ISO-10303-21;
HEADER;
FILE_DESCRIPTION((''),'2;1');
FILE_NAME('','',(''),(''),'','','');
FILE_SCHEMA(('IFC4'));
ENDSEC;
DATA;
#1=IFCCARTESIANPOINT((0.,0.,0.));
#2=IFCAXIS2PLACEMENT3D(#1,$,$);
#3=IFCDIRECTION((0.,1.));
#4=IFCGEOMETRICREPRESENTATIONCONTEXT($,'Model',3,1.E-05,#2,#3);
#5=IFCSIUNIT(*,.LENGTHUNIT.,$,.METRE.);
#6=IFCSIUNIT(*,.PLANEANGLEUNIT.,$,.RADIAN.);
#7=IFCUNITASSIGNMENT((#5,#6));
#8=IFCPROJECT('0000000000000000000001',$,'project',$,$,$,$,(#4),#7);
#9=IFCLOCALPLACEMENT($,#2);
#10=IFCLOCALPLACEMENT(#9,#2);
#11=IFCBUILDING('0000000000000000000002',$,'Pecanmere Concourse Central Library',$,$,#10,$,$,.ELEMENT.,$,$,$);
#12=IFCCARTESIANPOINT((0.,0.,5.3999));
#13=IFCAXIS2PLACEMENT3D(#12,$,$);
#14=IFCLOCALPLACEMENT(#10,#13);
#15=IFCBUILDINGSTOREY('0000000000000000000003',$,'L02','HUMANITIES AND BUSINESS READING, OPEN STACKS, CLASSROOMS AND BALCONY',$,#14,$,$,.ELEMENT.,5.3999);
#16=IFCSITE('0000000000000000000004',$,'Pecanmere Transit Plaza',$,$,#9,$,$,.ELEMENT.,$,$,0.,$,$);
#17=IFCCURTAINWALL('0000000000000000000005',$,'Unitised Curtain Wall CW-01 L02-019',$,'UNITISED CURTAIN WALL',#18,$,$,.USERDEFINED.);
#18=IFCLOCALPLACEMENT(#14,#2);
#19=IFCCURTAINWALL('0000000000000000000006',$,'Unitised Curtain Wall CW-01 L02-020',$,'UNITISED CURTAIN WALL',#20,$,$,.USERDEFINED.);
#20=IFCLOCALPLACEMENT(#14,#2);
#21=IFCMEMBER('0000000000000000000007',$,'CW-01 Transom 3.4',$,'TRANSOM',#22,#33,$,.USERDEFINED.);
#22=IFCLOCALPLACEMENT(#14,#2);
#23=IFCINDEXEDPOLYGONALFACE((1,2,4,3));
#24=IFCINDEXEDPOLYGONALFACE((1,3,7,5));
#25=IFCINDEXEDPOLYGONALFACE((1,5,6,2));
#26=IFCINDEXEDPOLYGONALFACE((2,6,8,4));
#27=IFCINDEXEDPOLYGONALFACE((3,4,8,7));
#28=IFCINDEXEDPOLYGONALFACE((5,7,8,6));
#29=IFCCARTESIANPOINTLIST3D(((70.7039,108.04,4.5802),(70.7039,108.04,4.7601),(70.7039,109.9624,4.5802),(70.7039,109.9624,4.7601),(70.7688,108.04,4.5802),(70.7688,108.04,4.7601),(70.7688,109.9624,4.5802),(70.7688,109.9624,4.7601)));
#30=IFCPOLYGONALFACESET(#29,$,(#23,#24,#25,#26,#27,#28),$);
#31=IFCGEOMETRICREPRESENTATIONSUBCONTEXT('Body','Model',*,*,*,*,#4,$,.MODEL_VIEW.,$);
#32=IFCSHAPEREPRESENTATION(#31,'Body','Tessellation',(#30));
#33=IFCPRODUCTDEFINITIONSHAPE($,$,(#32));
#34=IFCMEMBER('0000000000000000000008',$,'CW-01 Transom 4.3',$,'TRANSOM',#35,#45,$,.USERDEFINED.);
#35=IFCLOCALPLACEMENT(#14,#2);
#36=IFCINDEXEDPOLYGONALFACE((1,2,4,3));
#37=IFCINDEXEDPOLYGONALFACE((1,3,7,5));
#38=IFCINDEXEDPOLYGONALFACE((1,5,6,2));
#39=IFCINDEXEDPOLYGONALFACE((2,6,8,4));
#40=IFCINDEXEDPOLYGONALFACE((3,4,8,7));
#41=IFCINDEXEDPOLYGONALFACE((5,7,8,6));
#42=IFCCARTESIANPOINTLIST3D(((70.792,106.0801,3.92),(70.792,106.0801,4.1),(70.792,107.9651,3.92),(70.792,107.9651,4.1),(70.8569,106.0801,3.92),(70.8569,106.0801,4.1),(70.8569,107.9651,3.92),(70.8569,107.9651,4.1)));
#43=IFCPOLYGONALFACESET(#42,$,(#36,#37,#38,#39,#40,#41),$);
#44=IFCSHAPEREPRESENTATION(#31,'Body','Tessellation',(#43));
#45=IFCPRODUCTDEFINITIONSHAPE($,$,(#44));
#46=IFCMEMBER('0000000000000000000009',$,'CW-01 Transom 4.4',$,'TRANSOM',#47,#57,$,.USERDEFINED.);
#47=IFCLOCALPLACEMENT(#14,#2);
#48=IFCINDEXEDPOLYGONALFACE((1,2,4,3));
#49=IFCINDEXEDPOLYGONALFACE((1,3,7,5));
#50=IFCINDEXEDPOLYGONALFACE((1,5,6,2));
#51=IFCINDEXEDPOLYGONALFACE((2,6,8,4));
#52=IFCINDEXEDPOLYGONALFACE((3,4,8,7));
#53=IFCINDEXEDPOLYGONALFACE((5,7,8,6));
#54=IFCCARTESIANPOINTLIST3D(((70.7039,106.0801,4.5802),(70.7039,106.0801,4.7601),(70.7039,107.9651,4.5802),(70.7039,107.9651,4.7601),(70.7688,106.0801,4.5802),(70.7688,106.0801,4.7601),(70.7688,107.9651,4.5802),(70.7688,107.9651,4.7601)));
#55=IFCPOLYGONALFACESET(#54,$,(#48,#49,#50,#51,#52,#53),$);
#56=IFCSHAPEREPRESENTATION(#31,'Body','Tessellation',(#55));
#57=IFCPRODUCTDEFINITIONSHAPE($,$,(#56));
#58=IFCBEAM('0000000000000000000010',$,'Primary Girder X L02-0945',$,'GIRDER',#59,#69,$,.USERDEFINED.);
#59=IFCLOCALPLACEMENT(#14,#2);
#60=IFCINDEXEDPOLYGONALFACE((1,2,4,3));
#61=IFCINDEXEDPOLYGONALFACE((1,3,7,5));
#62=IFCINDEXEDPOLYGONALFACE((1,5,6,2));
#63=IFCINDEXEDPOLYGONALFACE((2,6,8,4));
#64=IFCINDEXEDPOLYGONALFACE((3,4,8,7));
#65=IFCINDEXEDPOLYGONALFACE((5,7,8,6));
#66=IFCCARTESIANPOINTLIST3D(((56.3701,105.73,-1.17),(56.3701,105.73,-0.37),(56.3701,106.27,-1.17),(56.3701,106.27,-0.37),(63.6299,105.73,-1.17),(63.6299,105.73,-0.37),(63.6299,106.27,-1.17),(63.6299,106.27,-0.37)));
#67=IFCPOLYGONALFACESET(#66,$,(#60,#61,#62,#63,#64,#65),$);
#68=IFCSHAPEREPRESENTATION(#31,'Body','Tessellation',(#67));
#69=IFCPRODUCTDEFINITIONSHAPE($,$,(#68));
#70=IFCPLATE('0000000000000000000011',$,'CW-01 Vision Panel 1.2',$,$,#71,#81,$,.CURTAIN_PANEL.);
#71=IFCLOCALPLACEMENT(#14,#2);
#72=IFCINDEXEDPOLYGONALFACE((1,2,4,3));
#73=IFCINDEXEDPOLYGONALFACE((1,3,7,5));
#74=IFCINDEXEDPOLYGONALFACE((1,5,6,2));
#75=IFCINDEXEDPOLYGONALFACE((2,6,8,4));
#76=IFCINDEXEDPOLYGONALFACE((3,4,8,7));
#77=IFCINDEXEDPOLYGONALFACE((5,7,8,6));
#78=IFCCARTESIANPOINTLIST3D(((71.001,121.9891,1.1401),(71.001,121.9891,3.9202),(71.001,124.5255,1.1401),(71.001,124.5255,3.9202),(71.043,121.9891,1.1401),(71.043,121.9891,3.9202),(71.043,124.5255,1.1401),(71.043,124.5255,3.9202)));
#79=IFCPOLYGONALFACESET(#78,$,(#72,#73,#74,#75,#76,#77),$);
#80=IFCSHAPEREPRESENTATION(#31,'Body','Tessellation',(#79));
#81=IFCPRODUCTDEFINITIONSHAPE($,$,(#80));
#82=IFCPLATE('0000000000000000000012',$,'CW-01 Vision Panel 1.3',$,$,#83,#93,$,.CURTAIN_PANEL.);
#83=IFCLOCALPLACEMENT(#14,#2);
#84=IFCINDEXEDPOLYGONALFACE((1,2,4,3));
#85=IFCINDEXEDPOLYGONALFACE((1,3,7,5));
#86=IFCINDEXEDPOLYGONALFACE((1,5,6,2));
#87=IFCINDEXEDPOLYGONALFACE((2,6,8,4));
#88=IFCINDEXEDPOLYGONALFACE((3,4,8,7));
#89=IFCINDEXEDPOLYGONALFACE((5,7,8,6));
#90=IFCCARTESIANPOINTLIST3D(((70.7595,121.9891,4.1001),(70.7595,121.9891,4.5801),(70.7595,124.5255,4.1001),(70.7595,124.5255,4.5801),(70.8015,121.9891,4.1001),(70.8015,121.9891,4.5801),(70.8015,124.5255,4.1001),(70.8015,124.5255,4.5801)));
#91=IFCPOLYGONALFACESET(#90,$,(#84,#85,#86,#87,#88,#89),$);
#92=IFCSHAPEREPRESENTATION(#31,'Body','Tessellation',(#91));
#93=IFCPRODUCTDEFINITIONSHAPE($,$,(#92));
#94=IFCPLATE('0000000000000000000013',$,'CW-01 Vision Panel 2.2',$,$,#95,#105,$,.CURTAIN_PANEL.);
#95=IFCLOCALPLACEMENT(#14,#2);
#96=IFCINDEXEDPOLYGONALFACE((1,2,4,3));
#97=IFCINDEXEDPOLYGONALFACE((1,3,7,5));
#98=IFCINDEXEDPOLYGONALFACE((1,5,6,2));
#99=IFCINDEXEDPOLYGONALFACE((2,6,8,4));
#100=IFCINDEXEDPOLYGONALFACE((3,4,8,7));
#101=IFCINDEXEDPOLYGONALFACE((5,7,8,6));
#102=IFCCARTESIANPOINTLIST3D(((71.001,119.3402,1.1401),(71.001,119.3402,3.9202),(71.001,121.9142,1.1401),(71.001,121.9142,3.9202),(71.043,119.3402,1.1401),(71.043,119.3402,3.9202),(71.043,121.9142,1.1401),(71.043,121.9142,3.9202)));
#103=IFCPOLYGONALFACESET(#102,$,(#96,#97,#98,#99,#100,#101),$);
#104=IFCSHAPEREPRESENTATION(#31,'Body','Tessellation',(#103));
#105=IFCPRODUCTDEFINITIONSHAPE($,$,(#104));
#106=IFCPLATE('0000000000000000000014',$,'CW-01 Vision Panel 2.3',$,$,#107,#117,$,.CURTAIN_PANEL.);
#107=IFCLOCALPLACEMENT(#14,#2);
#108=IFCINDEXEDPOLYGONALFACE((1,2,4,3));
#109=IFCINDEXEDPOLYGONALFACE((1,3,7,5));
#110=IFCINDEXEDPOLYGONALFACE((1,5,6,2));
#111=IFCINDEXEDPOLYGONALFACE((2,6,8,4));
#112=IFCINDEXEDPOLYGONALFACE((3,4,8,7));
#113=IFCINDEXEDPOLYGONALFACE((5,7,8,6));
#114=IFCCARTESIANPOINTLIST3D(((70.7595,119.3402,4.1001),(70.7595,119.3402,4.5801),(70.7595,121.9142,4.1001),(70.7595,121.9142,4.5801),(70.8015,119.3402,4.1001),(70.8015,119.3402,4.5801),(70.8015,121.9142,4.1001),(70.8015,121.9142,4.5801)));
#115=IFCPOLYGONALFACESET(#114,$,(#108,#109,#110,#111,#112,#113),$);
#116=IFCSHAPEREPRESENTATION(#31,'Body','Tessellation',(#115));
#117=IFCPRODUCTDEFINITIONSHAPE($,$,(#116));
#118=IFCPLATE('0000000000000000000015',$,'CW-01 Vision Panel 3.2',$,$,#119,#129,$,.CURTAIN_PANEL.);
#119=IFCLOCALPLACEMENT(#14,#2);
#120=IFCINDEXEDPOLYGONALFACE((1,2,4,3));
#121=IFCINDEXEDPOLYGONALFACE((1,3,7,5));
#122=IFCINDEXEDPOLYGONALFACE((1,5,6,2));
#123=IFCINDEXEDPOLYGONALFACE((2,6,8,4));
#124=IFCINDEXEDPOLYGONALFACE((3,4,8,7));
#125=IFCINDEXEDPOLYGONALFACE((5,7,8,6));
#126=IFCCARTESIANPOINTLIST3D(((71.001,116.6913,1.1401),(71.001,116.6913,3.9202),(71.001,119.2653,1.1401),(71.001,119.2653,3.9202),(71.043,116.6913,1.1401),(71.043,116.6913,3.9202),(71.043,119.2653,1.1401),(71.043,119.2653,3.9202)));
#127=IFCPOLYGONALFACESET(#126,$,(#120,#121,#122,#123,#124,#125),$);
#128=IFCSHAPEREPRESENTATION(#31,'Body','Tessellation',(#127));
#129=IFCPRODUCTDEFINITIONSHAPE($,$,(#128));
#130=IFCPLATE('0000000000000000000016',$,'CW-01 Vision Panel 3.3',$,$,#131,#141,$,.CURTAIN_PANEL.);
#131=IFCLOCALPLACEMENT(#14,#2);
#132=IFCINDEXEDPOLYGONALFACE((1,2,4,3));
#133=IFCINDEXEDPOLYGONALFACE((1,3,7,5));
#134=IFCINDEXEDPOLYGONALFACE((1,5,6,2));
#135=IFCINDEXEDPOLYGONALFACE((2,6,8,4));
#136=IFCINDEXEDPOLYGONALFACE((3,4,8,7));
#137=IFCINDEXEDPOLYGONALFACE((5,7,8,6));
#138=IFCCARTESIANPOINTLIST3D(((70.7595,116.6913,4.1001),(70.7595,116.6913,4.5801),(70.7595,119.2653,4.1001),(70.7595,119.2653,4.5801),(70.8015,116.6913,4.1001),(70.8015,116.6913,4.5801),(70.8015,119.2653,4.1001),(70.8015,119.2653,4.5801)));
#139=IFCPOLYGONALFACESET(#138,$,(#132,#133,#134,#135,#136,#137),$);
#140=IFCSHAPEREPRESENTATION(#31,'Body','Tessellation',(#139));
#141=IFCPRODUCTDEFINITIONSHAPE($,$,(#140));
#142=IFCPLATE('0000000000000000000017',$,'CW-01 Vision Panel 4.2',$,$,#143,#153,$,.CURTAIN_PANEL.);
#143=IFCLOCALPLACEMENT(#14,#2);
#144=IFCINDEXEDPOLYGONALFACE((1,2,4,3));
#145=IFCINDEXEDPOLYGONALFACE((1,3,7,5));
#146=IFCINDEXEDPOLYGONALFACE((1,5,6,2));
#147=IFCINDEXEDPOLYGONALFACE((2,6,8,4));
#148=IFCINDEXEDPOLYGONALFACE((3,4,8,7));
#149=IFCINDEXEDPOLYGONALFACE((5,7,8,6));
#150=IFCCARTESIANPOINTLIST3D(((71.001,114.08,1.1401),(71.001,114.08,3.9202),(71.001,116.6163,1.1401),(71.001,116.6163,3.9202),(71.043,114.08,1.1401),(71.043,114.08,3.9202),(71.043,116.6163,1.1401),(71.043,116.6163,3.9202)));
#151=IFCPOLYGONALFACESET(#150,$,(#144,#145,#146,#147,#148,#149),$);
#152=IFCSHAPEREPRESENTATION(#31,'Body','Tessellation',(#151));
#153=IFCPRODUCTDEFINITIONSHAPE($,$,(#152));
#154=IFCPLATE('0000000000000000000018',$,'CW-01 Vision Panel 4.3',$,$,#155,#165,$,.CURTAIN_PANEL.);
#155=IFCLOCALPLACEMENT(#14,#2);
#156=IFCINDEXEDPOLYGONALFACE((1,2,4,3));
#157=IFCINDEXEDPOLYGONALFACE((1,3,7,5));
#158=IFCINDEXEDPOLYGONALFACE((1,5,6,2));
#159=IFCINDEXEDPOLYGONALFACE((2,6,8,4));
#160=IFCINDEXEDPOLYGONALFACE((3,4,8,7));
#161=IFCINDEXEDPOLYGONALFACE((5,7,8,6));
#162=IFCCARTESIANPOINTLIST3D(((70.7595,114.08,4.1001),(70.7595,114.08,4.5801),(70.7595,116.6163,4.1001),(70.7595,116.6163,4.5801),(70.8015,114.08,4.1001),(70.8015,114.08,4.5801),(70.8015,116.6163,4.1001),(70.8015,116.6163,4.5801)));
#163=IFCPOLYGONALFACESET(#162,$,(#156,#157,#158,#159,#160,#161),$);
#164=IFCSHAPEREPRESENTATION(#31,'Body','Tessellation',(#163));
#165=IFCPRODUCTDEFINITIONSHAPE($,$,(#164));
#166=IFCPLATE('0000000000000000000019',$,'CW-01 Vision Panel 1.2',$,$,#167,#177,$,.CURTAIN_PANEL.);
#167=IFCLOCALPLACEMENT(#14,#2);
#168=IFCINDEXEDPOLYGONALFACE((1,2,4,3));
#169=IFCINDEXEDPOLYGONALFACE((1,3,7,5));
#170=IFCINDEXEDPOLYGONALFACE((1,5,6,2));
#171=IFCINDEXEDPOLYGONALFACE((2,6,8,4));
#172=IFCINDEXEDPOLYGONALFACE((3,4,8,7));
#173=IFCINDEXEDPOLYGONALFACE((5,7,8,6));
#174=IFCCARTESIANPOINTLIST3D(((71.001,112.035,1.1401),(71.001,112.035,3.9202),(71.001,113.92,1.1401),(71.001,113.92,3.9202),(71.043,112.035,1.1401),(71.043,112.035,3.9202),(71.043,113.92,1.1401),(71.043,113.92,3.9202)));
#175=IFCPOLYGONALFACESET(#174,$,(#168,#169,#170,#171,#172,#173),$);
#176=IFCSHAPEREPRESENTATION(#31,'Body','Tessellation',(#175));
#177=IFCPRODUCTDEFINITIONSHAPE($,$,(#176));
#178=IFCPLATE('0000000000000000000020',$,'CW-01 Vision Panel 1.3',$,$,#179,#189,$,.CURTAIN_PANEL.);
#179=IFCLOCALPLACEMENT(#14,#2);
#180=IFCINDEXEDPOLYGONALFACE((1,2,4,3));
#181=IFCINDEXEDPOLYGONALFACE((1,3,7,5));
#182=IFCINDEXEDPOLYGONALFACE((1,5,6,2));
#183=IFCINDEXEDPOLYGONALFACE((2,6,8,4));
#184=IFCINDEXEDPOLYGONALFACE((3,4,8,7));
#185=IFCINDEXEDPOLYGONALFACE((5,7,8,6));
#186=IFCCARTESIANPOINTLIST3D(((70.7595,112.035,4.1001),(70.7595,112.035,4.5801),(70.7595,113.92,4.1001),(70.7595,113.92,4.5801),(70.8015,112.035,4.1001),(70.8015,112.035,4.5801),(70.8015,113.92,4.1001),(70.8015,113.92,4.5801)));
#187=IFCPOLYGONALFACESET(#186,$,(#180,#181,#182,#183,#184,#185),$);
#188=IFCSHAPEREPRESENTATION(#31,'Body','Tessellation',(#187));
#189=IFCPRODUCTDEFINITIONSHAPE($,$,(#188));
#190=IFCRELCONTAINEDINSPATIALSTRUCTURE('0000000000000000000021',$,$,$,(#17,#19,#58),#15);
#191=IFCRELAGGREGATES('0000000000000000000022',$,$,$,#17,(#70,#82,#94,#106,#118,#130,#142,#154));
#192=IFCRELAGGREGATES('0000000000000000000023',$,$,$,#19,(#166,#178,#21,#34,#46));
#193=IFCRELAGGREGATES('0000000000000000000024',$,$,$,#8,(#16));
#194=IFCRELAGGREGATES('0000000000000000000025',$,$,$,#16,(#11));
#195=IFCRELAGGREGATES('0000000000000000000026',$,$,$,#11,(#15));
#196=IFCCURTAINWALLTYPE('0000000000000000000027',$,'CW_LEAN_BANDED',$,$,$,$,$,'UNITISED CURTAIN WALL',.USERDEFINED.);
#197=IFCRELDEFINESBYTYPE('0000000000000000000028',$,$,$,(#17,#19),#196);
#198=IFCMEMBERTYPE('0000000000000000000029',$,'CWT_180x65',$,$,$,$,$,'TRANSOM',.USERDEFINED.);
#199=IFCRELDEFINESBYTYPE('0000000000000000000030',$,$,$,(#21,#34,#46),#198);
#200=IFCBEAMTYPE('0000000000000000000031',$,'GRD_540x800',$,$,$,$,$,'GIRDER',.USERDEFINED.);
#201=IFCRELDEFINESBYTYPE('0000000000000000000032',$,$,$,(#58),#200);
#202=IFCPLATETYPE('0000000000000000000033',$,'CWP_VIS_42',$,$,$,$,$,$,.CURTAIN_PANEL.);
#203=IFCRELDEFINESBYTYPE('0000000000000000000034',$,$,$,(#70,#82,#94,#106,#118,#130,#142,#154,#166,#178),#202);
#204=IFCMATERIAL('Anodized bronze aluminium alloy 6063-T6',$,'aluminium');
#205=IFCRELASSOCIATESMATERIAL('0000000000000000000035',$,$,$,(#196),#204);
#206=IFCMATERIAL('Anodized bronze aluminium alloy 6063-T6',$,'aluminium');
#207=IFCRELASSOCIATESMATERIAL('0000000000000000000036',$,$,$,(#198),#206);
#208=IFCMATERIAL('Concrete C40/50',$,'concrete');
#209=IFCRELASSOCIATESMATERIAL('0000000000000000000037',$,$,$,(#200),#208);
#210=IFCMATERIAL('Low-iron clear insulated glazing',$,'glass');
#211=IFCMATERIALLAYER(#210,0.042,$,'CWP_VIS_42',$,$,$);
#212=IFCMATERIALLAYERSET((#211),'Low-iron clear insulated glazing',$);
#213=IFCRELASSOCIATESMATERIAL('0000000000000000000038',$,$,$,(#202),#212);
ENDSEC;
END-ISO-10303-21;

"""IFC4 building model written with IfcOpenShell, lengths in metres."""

from ifc_helpers import new_model, si_unit, direction, frame, origin, origin_2d, place, context, subcontext, project, spatial, rectangle, extrude, material, layer, layer_set, material_profile, profile_set, type_object, element, aggregate, save


model = new_model("IFC4")

# Units and contexts
model_context = context("Model", 3, precision=1e-05, world=origin(), true_north=direction((0.0, 1.0)))
body_context = subcontext(model_context, "Body", "Model", "MODEL_VIEW")
ifc_project = project(units=[si_unit("LENGTHUNIT", "METRE"), si_unit("PLANEANGLEUNIT", "RADIAN")], contexts=[model_context])

# Site, building, storey
site_placement = place(None, origin())
site = spatial("IfcSite", under=ifc_project, at=site_placement, Name="Pecanmere Transit Plaza", CompositionType="ELEMENT", RefElevation=0.0)
building_placement = place(site_placement, origin())
building = spatial("IfcBuilding", under=site, at=building_placement, Name="Pecanmere Concourse Central Library", CompositionType="ELEMENT")
storey_placement = place(building_placement, frame((0.0, 0.0, 5.3999)))
storey = spatial("IfcBuildingStorey", under=building, at=storey_placement, Name="L02", Description="HUMANITIES AND BUSINESS READING, OPEN STACKS, CLASSROOMS AND BALCONY", CompositionType="ELEMENT", Elevation=5.3999)

# Curtain walls, members
ifc_material_1 = material(Name="Anodized bronze aluminium alloy 6063-T6", Category="aluminium")
curtain_wall_type = type_object("IfcCurtainWallType", Name="CW_LEAN_BANDED", ElementType="UNITISED CURTAIN WALL", PredefinedType="USERDEFINED", material=ifc_material_1)
curtain_wall_1_placement = place(storey_placement, origin())
curtain_wall_1 = element("IfcCurtainWall", 1, at=curtain_wall_1_placement, inside=storey, type_object=curtain_wall_type, Name="Unitised Curtain Wall CW-01 L02-019", ObjectType="UNITISED CURTAIN WALL", PredefinedType="USERDEFINED")
ifc_material_2 = material(Name="Anodized bronze aluminium alloy 6063-T6", Category="aluminium")
ifc_material_profile_1 = material_profile(ifc_material_2, rectangle(XDim=0.0649, YDim=0.1799, at=origin_2d()), Name="AL 65x180")
ifc_profile_set_1 = profile_set([ifc_material_profile_1], Name="Anodized bronze aluminium alloy 6063-T6")
member_type = type_object("IfcMemberType", Name="CWT_180x65", ElementType="TRANSOM", PredefinedType="USERDEFINED", material=ifc_profile_set_1)
curtain_wall_2_placement = place(storey_placement, origin())
curtain_wall_2 = element("IfcCurtainWall", 2, at=curtain_wall_2_placement, inside=storey, type_object=curtain_wall_type, Name="Unitised Curtain Wall CW-01 L02-020", ObjectType="UNITISED CURTAIN WALL", PredefinedType="USERDEFINED")
member_1_placement = place(storey_placement, frame((70.7363, 109.9624, 4.6702), z_axis=(0.0, -1.0, 0.0), x_axis=(1.0, 0.0, 0.0)))
member_1 = element("IfcMember", 3, at=member_1_placement, type_object=member_type, Name="CW-01 Transom 3.4", ObjectType="TRANSOM", PredefinedType="USERDEFINED", context=body_context, shape_type="SweptSolid", body=[
    extrude(rectangle(XDim=0.0649, YDim=0.1799, at=origin_2d()), origin(), (0.0, 0.0, 1.0), 1.9224),
])
member_2_placement = place(storey_placement, frame((70.8245, 107.9651, 4.01), z_axis=(0.0, -1.0, 0.0), x_axis=(1.0, 0.0, 0.0)))
member_2 = element("IfcMember", 4, at=member_2_placement, type_object=member_type, Name="CW-01 Transom 4.3", ObjectType="TRANSOM", PredefinedType="USERDEFINED", context=body_context, shape_type="SweptSolid", body=[
    extrude(rectangle(XDim=0.0649, YDim=0.1799, at=origin_2d()), origin(), (0.0, 0.0, 1.0), 1.885),
])
member_3_placement = place(storey_placement, frame((70.7363, 107.9651, 4.6702), z_axis=(0.0, -1.0, 0.0), x_axis=(1.0, 0.0, 0.0)))
member_3 = element("IfcMember", 5, at=member_3_placement, type_object=member_type, Name="CW-01 Transom 4.4", ObjectType="TRANSOM", PredefinedType="USERDEFINED", context=body_context, shape_type="SweptSolid", body=[
    extrude(rectangle(XDim=0.0649, YDim=0.1799, at=origin_2d()), origin(), (0.0, 0.0, 1.0), 1.885),
])

# Beam
ifc_material_3 = material(Name="Concrete C40/50", Category="concrete")
ifc_material_profile_2 = material_profile(ifc_material_3, rectangle(XDim=0.54, YDim=0.8, at=origin_2d()), Name="RC 540x800")
ifc_profile_set_2 = profile_set([ifc_material_profile_2], Name="Concrete C40/50")
beam_type = type_object("IfcBeamType", Name="GRD_540x800", ElementType="GIRDER", PredefinedType="USERDEFINED", material=ifc_profile_set_2)
beam_placement = place(storey_placement, frame((56.3701, 106.0, -0.77), z_axis=(1.0, 0.0, 0.0), x_axis=(0.0, 1.0, 0.0)))
element("IfcBeam", 6, at=beam_placement, inside=storey, type_object=beam_type, Name="Primary Girder X L02-0945", ObjectType="GIRDER", PredefinedType="USERDEFINED", context=body_context, shape_type="SweptSolid", body=[
    extrude(rectangle(XDim=0.54, YDim=0.8, at=origin_2d()), origin(), (0.0, 0.0, 1.0), 7.2598),
])

# Plates
ifc_material_4 = material(Name="Low-iron clear insulated glazing", Category="glass")
ifc_layer = layer(ifc_material_4, 0.042, Name="CWP_VIS_42")
ifc_layer_set = layer_set([ifc_layer], Name="Low-iron clear insulated glazing")
plate_type = type_object("IfcPlateType", Name="CWP_VIS_42", PredefinedType="CURTAIN_PANEL", material=ifc_layer_set)
plate_1_placement = place(storey_placement, frame((71.022, 123.2573, 1.1401), z_axis=(0.0, 0.0, 1.0), x_axis=(0.0, -1.0, 0.0)))
plate_1 = element("IfcPlate", 7, at=plate_1_placement, type_object=plate_type, Name="CW-01 Vision Panel 1.2", PredefinedType="CURTAIN_PANEL", context=body_context, shape_type="SweptSolid", body=[
    extrude(rectangle(XDim=2.5364, YDim=0.042, at=origin_2d()), origin(), (0.0, 0.0, 1.0), 2.78),
])
plate_2_placement = place(storey_placement, frame((70.7805, 123.2573, 4.1001), z_axis=(0.0, 0.0, 1.0), x_axis=(0.0, -1.0, 0.0)))
plate_2 = element("IfcPlate", 8, at=plate_2_placement, type_object=plate_type, Name="CW-01 Vision Panel 1.3", PredefinedType="CURTAIN_PANEL", context=body_context, shape_type="SweptSolid", body=[
    extrude(rectangle(XDim=2.5364, YDim=0.042, at=origin_2d()), origin(), (0.0, 0.0, 1.0), 0.48),
])
plate_3_placement = place(storey_placement, frame((71.022, 120.6272, 1.1401), z_axis=(0.0, 0.0, 1.0), x_axis=(0.0, -1.0, 0.0)))
plate_3 = element("IfcPlate", 9, at=plate_3_placement, type_object=plate_type, Name="CW-01 Vision Panel 2.2", PredefinedType="CURTAIN_PANEL", context=body_context, shape_type="SweptSolid", body=[
    extrude(rectangle(XDim=2.574, YDim=0.042, at=origin_2d()), origin(), (0.0, 0.0, 1.0), 2.78),
])
plate_4_placement = place(storey_placement, frame((70.7805, 120.6272, 4.1001), z_axis=(0.0, 0.0, 1.0), x_axis=(0.0, -1.0, 0.0)))
plate_4 = element("IfcPlate", 10, at=plate_4_placement, type_object=plate_type, Name="CW-01 Vision Panel 2.3", PredefinedType="CURTAIN_PANEL", context=body_context, shape_type="SweptSolid", body=[
    extrude(rectangle(XDim=2.574, YDim=0.042, at=origin_2d()), origin(), (0.0, 0.0, 1.0), 0.48),
])
plate_5_placement = place(storey_placement, frame((71.022, 117.9783, 1.1401), z_axis=(0.0, 0.0, 1.0), x_axis=(0.0, -1.0, 0.0)))
plate_5 = element("IfcPlate", 11, at=plate_5_placement, type_object=plate_type, Name="CW-01 Vision Panel 3.2", PredefinedType="CURTAIN_PANEL", context=body_context, shape_type="SweptSolid", body=[
    extrude(rectangle(XDim=2.574, YDim=0.042, at=origin_2d()), origin(), (0.0, 0.0, 1.0), 2.78),
])
plate_6_placement = place(storey_placement, frame((70.7805, 117.9783, 4.1001), z_axis=(0.0, 0.0, 1.0), x_axis=(0.0, -1.0, 0.0)))
plate_6 = element("IfcPlate", 12, at=plate_6_placement, type_object=plate_type, Name="CW-01 Vision Panel 3.3", PredefinedType="CURTAIN_PANEL", context=body_context, shape_type="SweptSolid", body=[
    extrude(rectangle(XDim=2.574, YDim=0.042, at=origin_2d()), origin(), (0.0, 0.0, 1.0), 0.48),
])
plate_7_placement = place(storey_placement, frame((71.022, 115.3481, 1.1401), z_axis=(0.0, 0.0, 1.0), x_axis=(0.0, -1.0, 0.0)))
plate_7 = element("IfcPlate", 13, at=plate_7_placement, type_object=plate_type, Name="CW-01 Vision Panel 4.2", PredefinedType="CURTAIN_PANEL", context=body_context, shape_type="SweptSolid", body=[
    extrude(rectangle(XDim=2.5364, YDim=0.042, at=origin_2d()), origin(), (0.0, 0.0, 1.0), 2.78),
])
plate_8_placement = place(storey_placement, frame((70.7805, 115.3481, 4.1001), z_axis=(0.0, 0.0, 1.0), x_axis=(0.0, -1.0, 0.0)))
plate_8 = element("IfcPlate", 14, at=plate_8_placement, type_object=plate_type, Name="CW-01 Vision Panel 4.3", PredefinedType="CURTAIN_PANEL", context=body_context, shape_type="SweptSolid", body=[
    extrude(rectangle(XDim=2.5364, YDim=0.042, at=origin_2d()), origin(), (0.0, 0.0, 1.0), 0.48),
])
aggregate(curtain_wall_1, [plate_1, plate_2, plate_3, plate_4, plate_5, plate_6, plate_7, plate_8])
plate_9_placement = place(storey_placement, frame((71.022, 112.9775, 1.1401), z_axis=(0.0, 0.0, 1.0), x_axis=(0.0, -1.0, 0.0)))
plate_9 = element("IfcPlate", 15, at=plate_9_placement, type_object=plate_type, Name="CW-01 Vision Panel 1.2", PredefinedType="CURTAIN_PANEL", context=body_context, shape_type="SweptSolid", body=[
    extrude(rectangle(XDim=1.885, YDim=0.042, at=origin_2d()), origin(), (0.0, 0.0, 1.0), 2.78),
])
plate_10_placement = place(storey_placement, frame((70.7805, 112.9775, 4.1001), z_axis=(0.0, 0.0, 1.0), x_axis=(0.0, -1.0, 0.0)))
plate_10 = element("IfcPlate", 16, at=plate_10_placement, type_object=plate_type, Name="CW-01 Vision Panel 1.3", PredefinedType="CURTAIN_PANEL", context=body_context, shape_type="SweptSolid", body=[
    extrude(rectangle(XDim=1.885, YDim=0.042, at=origin_2d()), origin(), (0.0, 0.0, 1.0), 0.48),
])
aggregate(curtain_wall_2, [plate_9, plate_10, member_1, member_2, member_3])

save(model, "model.ifc")
